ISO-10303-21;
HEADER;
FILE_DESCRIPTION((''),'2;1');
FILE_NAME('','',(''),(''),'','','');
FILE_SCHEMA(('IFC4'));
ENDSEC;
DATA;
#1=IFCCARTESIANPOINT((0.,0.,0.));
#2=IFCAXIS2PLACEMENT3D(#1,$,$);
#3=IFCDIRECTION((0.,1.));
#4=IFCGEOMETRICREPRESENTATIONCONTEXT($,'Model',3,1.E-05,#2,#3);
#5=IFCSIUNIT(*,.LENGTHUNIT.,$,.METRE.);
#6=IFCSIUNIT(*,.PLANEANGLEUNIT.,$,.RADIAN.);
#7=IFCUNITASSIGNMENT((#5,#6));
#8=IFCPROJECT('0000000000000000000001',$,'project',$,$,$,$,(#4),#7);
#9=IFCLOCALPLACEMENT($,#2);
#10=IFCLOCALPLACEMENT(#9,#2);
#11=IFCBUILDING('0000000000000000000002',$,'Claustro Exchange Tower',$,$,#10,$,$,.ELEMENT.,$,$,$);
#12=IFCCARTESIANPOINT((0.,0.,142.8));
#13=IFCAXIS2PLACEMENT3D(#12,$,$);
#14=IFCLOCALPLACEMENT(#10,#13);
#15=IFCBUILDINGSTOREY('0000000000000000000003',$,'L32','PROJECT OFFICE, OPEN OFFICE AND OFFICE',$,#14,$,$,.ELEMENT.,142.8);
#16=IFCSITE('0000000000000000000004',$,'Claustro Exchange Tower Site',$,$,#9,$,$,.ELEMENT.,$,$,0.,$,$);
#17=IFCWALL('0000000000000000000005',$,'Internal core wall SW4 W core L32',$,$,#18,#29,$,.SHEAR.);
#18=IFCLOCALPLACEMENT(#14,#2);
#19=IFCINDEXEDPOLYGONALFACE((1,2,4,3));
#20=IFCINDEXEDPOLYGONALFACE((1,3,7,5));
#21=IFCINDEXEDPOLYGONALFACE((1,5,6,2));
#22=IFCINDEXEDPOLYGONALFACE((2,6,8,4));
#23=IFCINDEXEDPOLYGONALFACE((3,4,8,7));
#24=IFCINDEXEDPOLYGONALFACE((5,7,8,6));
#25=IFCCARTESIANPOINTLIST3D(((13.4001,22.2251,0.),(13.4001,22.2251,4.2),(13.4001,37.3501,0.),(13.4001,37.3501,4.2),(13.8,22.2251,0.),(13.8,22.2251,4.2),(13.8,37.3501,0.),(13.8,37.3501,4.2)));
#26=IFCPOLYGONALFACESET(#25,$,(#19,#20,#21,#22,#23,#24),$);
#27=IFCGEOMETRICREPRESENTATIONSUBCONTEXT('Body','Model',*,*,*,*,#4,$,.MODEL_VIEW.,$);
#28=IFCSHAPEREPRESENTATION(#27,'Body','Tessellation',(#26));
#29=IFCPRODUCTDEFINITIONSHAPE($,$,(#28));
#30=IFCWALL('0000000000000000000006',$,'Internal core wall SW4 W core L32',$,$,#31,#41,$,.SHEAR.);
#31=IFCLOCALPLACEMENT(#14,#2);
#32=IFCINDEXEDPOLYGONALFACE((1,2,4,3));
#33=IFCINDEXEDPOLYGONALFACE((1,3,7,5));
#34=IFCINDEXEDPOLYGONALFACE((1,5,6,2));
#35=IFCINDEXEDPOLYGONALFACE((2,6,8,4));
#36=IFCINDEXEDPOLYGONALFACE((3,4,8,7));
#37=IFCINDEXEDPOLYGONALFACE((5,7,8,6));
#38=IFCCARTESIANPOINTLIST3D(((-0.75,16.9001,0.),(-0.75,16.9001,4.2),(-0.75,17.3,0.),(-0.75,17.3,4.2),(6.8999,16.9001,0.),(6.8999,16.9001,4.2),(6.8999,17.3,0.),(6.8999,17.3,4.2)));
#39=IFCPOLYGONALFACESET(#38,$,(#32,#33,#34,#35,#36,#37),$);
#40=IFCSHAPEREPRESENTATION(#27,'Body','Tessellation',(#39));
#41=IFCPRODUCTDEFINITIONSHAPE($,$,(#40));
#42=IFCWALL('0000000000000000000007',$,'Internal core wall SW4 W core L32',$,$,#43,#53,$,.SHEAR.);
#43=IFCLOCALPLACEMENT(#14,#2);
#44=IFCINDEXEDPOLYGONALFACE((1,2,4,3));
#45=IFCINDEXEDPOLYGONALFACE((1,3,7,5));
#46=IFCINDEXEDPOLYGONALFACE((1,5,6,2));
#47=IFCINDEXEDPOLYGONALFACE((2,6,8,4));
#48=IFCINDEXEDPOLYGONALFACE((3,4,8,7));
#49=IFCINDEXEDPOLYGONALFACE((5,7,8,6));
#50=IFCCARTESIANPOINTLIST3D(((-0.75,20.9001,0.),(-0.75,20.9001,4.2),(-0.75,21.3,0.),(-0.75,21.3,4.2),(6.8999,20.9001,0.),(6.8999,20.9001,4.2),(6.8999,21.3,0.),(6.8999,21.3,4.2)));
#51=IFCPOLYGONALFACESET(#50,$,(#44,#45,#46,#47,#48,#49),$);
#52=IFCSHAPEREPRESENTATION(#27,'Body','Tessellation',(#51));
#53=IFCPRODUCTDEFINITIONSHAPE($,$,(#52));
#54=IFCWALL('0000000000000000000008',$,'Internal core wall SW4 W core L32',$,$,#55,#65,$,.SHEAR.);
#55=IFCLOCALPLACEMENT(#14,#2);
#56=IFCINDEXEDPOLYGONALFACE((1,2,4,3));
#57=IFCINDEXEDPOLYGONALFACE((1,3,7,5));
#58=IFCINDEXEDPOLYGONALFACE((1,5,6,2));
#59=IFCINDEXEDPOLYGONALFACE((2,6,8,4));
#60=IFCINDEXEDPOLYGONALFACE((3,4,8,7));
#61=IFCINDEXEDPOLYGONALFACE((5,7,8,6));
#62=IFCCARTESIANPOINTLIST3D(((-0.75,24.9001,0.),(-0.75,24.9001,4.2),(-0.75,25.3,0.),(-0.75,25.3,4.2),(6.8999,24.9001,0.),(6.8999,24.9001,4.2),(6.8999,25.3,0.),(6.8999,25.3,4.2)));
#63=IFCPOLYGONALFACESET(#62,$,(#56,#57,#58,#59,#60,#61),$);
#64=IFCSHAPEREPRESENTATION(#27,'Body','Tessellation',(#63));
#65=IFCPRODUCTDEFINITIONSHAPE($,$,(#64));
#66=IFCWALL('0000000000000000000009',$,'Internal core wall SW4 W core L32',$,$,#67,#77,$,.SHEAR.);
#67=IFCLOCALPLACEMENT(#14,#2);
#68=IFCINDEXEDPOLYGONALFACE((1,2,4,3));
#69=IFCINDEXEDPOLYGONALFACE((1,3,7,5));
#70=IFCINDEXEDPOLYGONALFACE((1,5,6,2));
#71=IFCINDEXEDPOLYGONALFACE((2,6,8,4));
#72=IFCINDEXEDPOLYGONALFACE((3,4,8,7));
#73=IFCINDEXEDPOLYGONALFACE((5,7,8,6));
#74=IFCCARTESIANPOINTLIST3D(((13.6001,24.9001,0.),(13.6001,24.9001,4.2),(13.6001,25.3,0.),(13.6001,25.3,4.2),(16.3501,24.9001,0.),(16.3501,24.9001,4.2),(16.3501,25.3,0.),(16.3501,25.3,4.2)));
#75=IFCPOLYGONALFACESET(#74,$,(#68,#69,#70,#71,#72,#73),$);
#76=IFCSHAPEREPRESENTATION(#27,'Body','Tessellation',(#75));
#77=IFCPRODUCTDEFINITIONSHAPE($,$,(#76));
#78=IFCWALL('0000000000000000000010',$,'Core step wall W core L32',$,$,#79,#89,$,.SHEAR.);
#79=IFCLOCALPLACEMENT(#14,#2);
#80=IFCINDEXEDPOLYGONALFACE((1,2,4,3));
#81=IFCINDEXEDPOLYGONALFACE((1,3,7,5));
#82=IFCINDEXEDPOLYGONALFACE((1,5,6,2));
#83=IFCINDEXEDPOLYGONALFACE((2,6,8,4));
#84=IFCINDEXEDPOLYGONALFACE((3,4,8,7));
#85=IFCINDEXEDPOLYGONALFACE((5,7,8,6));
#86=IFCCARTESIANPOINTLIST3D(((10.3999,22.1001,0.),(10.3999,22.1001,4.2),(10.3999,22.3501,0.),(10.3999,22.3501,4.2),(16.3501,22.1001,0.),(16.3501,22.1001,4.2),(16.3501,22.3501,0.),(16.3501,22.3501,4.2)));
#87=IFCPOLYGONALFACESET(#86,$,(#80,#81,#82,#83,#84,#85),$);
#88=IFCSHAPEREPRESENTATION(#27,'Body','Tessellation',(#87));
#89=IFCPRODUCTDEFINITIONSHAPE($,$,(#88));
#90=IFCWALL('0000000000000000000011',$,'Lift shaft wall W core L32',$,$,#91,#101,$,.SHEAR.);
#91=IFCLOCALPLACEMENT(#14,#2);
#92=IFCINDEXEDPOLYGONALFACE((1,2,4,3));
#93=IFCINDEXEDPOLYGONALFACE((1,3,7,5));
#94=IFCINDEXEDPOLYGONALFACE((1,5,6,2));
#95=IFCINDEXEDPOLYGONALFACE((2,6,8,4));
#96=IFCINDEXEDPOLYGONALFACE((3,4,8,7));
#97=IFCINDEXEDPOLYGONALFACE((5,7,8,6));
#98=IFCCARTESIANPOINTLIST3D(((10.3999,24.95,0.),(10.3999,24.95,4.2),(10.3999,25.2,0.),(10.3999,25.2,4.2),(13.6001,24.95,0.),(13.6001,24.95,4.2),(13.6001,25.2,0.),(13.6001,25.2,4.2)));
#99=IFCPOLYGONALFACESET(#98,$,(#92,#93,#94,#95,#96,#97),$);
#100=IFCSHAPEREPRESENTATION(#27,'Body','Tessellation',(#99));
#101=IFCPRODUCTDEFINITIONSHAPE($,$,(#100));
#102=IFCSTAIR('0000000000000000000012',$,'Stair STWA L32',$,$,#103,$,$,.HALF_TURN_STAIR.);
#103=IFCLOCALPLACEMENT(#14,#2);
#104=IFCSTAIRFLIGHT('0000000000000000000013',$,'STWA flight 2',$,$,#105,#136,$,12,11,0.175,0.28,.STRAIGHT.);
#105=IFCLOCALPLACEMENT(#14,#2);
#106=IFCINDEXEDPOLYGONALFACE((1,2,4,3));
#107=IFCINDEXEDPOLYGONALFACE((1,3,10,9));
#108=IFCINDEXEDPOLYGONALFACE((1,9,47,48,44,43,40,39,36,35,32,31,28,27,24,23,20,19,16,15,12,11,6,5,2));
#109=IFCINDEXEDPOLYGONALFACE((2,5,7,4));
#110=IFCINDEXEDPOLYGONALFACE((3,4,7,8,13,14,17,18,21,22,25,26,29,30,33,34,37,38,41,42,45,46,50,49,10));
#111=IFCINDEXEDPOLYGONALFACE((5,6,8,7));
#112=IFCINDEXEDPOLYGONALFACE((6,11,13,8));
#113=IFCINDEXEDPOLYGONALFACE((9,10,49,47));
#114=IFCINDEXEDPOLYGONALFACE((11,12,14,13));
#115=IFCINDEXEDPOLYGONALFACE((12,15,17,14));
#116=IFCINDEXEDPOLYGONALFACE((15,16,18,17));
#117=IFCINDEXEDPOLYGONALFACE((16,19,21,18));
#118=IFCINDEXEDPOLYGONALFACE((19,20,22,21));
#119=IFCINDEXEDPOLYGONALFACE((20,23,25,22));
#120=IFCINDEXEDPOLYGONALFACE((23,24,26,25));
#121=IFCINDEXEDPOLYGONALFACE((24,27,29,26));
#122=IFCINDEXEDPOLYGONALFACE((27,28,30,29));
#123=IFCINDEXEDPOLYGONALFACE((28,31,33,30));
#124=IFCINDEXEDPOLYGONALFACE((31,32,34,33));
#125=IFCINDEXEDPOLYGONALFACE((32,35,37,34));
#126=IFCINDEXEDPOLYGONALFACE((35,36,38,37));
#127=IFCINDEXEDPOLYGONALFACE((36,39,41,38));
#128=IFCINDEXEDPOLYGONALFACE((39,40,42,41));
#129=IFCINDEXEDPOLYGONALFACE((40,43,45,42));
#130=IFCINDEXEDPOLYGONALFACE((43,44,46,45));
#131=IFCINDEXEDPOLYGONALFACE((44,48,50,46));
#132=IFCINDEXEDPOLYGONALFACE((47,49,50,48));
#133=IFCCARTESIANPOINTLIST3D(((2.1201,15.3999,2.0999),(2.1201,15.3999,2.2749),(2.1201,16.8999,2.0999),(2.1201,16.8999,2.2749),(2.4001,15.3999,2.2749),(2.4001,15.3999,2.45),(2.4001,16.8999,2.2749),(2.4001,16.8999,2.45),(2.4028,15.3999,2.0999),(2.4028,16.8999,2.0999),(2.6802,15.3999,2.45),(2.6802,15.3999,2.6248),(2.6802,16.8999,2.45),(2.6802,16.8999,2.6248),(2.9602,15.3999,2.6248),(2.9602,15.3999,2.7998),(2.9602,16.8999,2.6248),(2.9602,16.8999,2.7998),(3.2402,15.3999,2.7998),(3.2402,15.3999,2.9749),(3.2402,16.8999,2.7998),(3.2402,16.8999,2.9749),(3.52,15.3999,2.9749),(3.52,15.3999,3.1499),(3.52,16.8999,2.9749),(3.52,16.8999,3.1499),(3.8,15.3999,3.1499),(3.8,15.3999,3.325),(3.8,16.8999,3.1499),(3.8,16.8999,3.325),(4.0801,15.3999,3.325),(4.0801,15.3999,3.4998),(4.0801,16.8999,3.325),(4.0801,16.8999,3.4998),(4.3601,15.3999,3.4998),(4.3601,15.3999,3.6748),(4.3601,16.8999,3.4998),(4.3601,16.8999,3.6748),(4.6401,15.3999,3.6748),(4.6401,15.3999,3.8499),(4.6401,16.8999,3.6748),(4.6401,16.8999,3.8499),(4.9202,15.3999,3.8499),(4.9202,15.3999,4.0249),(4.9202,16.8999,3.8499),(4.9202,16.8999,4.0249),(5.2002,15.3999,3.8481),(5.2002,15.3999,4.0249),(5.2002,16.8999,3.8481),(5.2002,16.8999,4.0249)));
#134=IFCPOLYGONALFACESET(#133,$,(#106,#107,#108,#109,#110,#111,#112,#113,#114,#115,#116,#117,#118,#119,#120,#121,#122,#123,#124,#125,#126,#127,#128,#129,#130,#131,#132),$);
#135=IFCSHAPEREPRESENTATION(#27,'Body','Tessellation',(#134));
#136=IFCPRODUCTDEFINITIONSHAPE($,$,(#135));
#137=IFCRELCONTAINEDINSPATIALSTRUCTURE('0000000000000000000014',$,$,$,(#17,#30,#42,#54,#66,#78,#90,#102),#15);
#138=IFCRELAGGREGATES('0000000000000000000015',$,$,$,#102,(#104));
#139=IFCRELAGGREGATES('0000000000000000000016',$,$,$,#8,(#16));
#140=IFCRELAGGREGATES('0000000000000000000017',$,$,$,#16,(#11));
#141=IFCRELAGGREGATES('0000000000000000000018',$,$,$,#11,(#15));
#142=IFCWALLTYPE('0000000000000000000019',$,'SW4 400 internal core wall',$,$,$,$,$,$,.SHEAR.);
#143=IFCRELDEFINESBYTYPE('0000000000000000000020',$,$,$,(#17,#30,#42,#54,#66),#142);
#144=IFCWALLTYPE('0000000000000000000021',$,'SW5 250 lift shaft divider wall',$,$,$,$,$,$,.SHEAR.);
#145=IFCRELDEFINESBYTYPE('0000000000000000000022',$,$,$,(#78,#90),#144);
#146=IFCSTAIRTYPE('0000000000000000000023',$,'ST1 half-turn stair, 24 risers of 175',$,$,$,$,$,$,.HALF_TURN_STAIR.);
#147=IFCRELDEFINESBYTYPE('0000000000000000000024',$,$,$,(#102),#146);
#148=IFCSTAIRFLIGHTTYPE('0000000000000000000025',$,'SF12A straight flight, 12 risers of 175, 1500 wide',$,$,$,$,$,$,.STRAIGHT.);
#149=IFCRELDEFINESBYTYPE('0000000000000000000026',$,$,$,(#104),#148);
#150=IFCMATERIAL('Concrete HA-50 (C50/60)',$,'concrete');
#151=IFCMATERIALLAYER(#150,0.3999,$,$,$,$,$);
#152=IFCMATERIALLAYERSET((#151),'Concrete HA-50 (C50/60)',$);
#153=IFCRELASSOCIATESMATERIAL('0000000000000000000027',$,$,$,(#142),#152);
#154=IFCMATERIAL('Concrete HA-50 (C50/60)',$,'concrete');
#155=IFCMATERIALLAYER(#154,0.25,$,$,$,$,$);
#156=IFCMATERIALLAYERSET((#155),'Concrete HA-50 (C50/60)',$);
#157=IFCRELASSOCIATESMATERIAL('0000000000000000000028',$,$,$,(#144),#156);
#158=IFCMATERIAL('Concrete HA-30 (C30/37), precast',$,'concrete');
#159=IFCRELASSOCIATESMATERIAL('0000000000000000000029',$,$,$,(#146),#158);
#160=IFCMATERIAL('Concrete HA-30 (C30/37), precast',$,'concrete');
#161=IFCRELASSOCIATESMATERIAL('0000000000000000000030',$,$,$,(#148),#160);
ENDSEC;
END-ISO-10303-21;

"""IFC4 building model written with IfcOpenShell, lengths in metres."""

from ifc_helpers import new_model, si_unit, direction, frame, frame_2d, origin, place, context, subcontext, project, spatial, polyline, rectangle, outline, extrude, material, layer, layer_set, type_object, element, aggregate, save


model = new_model("IFC4")

# Units and contexts
model_context = context("Model", 3, precision=1e-05, world=origin(), true_north=direction((0.0, 1.0)))
body_context = subcontext(model_context, "Body", "Model", "MODEL_VIEW")
ifc_project = project(units=[si_unit("LENGTHUNIT", "METRE"), si_unit("PLANEANGLEUNIT", "RADIAN")], contexts=[model_context])

# Site, building, storey
site_placement = place(None, origin())
site = spatial("IfcSite", under=ifc_project, at=site_placement, Name="Claustro Exchange Tower Site", CompositionType="ELEMENT", RefElevation=0.0)
building_placement = place(site_placement, origin())
building = spatial("IfcBuilding", under=site, at=building_placement, Name="Claustro Exchange Tower", CompositionType="ELEMENT")
storey_placement = place(building_placement, frame((0.0, 0.0, 142.8)))
storey = spatial("IfcBuildingStorey", under=building, at=storey_placement, Name="L32", Description="PROJECT OFFICE, OPEN OFFICE AND OFFICE", CompositionType="ELEMENT", Elevation=142.8)

# Walls
ifc_material_1 = material(Name="Concrete HA-50 (C50/60)", Category="concrete")
ifc_layer_1 = layer(ifc_material_1, 0.3999)
ifc_layer_set_1 = layer_set([ifc_layer_1], Name="Concrete HA-50 (C50/60)")
wall_type_1 = type_object("IfcWallType", Name="SW4 400 internal core wall", PredefinedType="SHEAR", material=ifc_layer_set_1)
wall_1_placement = place(storey_placement, frame((13.6001, 22.2251, 0.0), z_axis=(0.0, 0.0, 1.0), x_axis=(0.0, 1.0, 0.0)))
element("IfcWall", 1, at=wall_1_placement, inside=storey, type_object=wall_type_1, Name="Internal core wall SW4 W core L32", PredefinedType="SHEAR", context=body_context, shape_type="SweptSolid", body=[
    extrude(rectangle(XDim=15.125, YDim=0.3999, at=frame_2d((7.5625, 0.0))), origin(), (0.0, 0.0, 1.0), 4.2),
])
for number, where, z_axis, x_axis, name in (
    (2, (-0.75, 17.1001, 0.0), (0.0, 0.0, 1.0), (1.0, 0.0, 0.0), "Internal core wall SW4 W core L32"),
    (3, (-0.75, 21.1001, 0.0), (0.0, 0.0, 1.0), (1.0, 0.0, 0.0), "Internal core wall SW4 W core L32"),
    (4, (-0.75, 25.1001, 0.0), (0.0, 0.0, 1.0), (1.0, 0.0, 0.0), "Internal core wall SW4 W core L32"),
):
    element("IfcWall", number, at=place(storey_placement, frame(where, z_axis=z_axis, x_axis=x_axis)), inside=storey, type_object=wall_type_1, Name=name, PredefinedType="SHEAR", context=body_context, shape_type="SweptSolid", body=[
        extrude(rectangle(XDim=7.6499, YDim=0.3999, at=frame_2d((3.825, 0.0))), origin(), (0.0, 0.0, 1.0), 4.2),
    ])
wall_2_placement = place(storey_placement, frame((13.6001, 25.1001, 0.0), z_axis=(0.0, 0.0, 1.0), x_axis=(1.0, 0.0, 0.0)))
element("IfcWall", 5, at=wall_2_placement, inside=storey, type_object=wall_type_1, Name="Internal core wall SW4 W core L32", PredefinedType="SHEAR", context=body_context, shape_type="SweptSolid", body=[
    extrude(rectangle(XDim=2.75, YDim=0.3999, at=frame_2d((1.375, 0.0))), origin(), (0.0, 0.0, 1.0), 4.2),
])
ifc_material_2 = material(Name="Concrete HA-50 (C50/60)", Category="concrete")
ifc_layer_2 = layer(ifc_material_2, 0.25)
ifc_layer_set_2 = layer_set([ifc_layer_2], Name="Concrete HA-50 (C50/60)")
wall_type_2 = type_object("IfcWallType", Name="SW5 250 lift shaft divider wall", PredefinedType="SHEAR", material=ifc_layer_set_2)
wall_3_placement = place(storey_placement, frame((10.3999, 22.2251, 0.0), z_axis=(0.0, 0.0, 1.0), x_axis=(1.0, 0.0, 0.0)))
element("IfcWall", 6, at=wall_3_placement, inside=storey, type_object=wall_type_2, Name="Core step wall W core L32", PredefinedType="SHEAR", context=body_context, shape_type="SweptSolid", body=[
    extrude(rectangle(XDim=5.9502, YDim=0.25, at=frame_2d((2.9751, 0.0))), origin(), (0.0, 0.0, 1.0), 4.2),
])
wall_4_placement = place(storey_placement, frame((10.3999, 25.075, 0.0), z_axis=(0.0, 0.0, 1.0), x_axis=(1.0, 0.0, 0.0)))
element("IfcWall", 7, at=wall_4_placement, inside=storey, type_object=wall_type_2, Name="Lift shaft wall W core L32", PredefinedType="SHEAR", context=body_context, shape_type="SweptSolid", body=[
    extrude(rectangle(XDim=3.2002, YDim=0.25, at=frame_2d((1.6001, 0.0))), origin(), (0.0, 0.0, 1.0), 4.2),
])

# Stair, stair flight
ifc_material_3 = material(Name="Concrete HA-30 (C30/37), precast", Category="concrete")
stair_type = type_object("IfcStairType", Name="ST1 half-turn stair, 24 risers of 175", PredefinedType="HALF_TURN_STAIR", material=ifc_material_3)
stair_placement = place(storey_placement, origin())
stair = element("IfcStair", 8, at=stair_placement, inside=storey, type_object=stair_type, Name="Stair STWA L32", PredefinedType="HALF_TURN_STAIR")
ifc_material_4 = material(Name="Concrete HA-30 (C30/37), precast", Category="concrete")
stair_flight_type = type_object("IfcStairFlightType", Name="SF12A straight flight, 12 risers of 175, 1500 wide", PredefinedType="STRAIGHT", material=ifc_material_4)
stair_flight_placement = place(storey_placement, frame((2.1201, 16.1499, 2.0999), z_axis=(0.0, 0.0, 1.0), x_axis=(1.0, 0.0, 0.0)))
stair_flight = element("IfcStairFlight", 9, at=stair_flight_placement, type_object=stair_flight_type, Name="STWA flight 2", NumberOfRisers=12, NumberOfTreads=11, PredefinedType="STRAIGHT", RiserHeight=0.175, TreadLength=0.28, context=body_context, shape_type="SweptSolid", body=[
    extrude(outline(polyline([(0.0, 0.0), (0.0, 0.175), (0.28, 0.175), (0.28, 0.3501), (0.5601, 0.3501), (0.5601, 0.5249), (0.8401, 0.5249), (0.8401, 0.7), (1.1201, 0.7), (1.1201, 0.875), (1.3999, 0.875), (1.3999, 1.05), (1.6799, 1.05), (1.6799, 1.2251), (1.96, 1.2251), (1.96, 1.3999), (2.24, 1.3999), (2.24, 1.575), (2.52, 1.575), (2.52, 1.75), (2.8, 1.75), (2.8, 1.925), (3.0801, 1.925), (3.0801, 2.1001), (3.0801, 1.7483), (0.2827, 0.0), (0.0, 0.0)])), frame((0.0, 0.75, 0.0), z_axis=(0.0, -1.0, 0.0), x_axis=(1.0, 0.0, 0.0)), (0.0, 0.0, 1.0), 1.5),
])
aggregate(stair, [stair_flight])

save(model, "model.ifc")
